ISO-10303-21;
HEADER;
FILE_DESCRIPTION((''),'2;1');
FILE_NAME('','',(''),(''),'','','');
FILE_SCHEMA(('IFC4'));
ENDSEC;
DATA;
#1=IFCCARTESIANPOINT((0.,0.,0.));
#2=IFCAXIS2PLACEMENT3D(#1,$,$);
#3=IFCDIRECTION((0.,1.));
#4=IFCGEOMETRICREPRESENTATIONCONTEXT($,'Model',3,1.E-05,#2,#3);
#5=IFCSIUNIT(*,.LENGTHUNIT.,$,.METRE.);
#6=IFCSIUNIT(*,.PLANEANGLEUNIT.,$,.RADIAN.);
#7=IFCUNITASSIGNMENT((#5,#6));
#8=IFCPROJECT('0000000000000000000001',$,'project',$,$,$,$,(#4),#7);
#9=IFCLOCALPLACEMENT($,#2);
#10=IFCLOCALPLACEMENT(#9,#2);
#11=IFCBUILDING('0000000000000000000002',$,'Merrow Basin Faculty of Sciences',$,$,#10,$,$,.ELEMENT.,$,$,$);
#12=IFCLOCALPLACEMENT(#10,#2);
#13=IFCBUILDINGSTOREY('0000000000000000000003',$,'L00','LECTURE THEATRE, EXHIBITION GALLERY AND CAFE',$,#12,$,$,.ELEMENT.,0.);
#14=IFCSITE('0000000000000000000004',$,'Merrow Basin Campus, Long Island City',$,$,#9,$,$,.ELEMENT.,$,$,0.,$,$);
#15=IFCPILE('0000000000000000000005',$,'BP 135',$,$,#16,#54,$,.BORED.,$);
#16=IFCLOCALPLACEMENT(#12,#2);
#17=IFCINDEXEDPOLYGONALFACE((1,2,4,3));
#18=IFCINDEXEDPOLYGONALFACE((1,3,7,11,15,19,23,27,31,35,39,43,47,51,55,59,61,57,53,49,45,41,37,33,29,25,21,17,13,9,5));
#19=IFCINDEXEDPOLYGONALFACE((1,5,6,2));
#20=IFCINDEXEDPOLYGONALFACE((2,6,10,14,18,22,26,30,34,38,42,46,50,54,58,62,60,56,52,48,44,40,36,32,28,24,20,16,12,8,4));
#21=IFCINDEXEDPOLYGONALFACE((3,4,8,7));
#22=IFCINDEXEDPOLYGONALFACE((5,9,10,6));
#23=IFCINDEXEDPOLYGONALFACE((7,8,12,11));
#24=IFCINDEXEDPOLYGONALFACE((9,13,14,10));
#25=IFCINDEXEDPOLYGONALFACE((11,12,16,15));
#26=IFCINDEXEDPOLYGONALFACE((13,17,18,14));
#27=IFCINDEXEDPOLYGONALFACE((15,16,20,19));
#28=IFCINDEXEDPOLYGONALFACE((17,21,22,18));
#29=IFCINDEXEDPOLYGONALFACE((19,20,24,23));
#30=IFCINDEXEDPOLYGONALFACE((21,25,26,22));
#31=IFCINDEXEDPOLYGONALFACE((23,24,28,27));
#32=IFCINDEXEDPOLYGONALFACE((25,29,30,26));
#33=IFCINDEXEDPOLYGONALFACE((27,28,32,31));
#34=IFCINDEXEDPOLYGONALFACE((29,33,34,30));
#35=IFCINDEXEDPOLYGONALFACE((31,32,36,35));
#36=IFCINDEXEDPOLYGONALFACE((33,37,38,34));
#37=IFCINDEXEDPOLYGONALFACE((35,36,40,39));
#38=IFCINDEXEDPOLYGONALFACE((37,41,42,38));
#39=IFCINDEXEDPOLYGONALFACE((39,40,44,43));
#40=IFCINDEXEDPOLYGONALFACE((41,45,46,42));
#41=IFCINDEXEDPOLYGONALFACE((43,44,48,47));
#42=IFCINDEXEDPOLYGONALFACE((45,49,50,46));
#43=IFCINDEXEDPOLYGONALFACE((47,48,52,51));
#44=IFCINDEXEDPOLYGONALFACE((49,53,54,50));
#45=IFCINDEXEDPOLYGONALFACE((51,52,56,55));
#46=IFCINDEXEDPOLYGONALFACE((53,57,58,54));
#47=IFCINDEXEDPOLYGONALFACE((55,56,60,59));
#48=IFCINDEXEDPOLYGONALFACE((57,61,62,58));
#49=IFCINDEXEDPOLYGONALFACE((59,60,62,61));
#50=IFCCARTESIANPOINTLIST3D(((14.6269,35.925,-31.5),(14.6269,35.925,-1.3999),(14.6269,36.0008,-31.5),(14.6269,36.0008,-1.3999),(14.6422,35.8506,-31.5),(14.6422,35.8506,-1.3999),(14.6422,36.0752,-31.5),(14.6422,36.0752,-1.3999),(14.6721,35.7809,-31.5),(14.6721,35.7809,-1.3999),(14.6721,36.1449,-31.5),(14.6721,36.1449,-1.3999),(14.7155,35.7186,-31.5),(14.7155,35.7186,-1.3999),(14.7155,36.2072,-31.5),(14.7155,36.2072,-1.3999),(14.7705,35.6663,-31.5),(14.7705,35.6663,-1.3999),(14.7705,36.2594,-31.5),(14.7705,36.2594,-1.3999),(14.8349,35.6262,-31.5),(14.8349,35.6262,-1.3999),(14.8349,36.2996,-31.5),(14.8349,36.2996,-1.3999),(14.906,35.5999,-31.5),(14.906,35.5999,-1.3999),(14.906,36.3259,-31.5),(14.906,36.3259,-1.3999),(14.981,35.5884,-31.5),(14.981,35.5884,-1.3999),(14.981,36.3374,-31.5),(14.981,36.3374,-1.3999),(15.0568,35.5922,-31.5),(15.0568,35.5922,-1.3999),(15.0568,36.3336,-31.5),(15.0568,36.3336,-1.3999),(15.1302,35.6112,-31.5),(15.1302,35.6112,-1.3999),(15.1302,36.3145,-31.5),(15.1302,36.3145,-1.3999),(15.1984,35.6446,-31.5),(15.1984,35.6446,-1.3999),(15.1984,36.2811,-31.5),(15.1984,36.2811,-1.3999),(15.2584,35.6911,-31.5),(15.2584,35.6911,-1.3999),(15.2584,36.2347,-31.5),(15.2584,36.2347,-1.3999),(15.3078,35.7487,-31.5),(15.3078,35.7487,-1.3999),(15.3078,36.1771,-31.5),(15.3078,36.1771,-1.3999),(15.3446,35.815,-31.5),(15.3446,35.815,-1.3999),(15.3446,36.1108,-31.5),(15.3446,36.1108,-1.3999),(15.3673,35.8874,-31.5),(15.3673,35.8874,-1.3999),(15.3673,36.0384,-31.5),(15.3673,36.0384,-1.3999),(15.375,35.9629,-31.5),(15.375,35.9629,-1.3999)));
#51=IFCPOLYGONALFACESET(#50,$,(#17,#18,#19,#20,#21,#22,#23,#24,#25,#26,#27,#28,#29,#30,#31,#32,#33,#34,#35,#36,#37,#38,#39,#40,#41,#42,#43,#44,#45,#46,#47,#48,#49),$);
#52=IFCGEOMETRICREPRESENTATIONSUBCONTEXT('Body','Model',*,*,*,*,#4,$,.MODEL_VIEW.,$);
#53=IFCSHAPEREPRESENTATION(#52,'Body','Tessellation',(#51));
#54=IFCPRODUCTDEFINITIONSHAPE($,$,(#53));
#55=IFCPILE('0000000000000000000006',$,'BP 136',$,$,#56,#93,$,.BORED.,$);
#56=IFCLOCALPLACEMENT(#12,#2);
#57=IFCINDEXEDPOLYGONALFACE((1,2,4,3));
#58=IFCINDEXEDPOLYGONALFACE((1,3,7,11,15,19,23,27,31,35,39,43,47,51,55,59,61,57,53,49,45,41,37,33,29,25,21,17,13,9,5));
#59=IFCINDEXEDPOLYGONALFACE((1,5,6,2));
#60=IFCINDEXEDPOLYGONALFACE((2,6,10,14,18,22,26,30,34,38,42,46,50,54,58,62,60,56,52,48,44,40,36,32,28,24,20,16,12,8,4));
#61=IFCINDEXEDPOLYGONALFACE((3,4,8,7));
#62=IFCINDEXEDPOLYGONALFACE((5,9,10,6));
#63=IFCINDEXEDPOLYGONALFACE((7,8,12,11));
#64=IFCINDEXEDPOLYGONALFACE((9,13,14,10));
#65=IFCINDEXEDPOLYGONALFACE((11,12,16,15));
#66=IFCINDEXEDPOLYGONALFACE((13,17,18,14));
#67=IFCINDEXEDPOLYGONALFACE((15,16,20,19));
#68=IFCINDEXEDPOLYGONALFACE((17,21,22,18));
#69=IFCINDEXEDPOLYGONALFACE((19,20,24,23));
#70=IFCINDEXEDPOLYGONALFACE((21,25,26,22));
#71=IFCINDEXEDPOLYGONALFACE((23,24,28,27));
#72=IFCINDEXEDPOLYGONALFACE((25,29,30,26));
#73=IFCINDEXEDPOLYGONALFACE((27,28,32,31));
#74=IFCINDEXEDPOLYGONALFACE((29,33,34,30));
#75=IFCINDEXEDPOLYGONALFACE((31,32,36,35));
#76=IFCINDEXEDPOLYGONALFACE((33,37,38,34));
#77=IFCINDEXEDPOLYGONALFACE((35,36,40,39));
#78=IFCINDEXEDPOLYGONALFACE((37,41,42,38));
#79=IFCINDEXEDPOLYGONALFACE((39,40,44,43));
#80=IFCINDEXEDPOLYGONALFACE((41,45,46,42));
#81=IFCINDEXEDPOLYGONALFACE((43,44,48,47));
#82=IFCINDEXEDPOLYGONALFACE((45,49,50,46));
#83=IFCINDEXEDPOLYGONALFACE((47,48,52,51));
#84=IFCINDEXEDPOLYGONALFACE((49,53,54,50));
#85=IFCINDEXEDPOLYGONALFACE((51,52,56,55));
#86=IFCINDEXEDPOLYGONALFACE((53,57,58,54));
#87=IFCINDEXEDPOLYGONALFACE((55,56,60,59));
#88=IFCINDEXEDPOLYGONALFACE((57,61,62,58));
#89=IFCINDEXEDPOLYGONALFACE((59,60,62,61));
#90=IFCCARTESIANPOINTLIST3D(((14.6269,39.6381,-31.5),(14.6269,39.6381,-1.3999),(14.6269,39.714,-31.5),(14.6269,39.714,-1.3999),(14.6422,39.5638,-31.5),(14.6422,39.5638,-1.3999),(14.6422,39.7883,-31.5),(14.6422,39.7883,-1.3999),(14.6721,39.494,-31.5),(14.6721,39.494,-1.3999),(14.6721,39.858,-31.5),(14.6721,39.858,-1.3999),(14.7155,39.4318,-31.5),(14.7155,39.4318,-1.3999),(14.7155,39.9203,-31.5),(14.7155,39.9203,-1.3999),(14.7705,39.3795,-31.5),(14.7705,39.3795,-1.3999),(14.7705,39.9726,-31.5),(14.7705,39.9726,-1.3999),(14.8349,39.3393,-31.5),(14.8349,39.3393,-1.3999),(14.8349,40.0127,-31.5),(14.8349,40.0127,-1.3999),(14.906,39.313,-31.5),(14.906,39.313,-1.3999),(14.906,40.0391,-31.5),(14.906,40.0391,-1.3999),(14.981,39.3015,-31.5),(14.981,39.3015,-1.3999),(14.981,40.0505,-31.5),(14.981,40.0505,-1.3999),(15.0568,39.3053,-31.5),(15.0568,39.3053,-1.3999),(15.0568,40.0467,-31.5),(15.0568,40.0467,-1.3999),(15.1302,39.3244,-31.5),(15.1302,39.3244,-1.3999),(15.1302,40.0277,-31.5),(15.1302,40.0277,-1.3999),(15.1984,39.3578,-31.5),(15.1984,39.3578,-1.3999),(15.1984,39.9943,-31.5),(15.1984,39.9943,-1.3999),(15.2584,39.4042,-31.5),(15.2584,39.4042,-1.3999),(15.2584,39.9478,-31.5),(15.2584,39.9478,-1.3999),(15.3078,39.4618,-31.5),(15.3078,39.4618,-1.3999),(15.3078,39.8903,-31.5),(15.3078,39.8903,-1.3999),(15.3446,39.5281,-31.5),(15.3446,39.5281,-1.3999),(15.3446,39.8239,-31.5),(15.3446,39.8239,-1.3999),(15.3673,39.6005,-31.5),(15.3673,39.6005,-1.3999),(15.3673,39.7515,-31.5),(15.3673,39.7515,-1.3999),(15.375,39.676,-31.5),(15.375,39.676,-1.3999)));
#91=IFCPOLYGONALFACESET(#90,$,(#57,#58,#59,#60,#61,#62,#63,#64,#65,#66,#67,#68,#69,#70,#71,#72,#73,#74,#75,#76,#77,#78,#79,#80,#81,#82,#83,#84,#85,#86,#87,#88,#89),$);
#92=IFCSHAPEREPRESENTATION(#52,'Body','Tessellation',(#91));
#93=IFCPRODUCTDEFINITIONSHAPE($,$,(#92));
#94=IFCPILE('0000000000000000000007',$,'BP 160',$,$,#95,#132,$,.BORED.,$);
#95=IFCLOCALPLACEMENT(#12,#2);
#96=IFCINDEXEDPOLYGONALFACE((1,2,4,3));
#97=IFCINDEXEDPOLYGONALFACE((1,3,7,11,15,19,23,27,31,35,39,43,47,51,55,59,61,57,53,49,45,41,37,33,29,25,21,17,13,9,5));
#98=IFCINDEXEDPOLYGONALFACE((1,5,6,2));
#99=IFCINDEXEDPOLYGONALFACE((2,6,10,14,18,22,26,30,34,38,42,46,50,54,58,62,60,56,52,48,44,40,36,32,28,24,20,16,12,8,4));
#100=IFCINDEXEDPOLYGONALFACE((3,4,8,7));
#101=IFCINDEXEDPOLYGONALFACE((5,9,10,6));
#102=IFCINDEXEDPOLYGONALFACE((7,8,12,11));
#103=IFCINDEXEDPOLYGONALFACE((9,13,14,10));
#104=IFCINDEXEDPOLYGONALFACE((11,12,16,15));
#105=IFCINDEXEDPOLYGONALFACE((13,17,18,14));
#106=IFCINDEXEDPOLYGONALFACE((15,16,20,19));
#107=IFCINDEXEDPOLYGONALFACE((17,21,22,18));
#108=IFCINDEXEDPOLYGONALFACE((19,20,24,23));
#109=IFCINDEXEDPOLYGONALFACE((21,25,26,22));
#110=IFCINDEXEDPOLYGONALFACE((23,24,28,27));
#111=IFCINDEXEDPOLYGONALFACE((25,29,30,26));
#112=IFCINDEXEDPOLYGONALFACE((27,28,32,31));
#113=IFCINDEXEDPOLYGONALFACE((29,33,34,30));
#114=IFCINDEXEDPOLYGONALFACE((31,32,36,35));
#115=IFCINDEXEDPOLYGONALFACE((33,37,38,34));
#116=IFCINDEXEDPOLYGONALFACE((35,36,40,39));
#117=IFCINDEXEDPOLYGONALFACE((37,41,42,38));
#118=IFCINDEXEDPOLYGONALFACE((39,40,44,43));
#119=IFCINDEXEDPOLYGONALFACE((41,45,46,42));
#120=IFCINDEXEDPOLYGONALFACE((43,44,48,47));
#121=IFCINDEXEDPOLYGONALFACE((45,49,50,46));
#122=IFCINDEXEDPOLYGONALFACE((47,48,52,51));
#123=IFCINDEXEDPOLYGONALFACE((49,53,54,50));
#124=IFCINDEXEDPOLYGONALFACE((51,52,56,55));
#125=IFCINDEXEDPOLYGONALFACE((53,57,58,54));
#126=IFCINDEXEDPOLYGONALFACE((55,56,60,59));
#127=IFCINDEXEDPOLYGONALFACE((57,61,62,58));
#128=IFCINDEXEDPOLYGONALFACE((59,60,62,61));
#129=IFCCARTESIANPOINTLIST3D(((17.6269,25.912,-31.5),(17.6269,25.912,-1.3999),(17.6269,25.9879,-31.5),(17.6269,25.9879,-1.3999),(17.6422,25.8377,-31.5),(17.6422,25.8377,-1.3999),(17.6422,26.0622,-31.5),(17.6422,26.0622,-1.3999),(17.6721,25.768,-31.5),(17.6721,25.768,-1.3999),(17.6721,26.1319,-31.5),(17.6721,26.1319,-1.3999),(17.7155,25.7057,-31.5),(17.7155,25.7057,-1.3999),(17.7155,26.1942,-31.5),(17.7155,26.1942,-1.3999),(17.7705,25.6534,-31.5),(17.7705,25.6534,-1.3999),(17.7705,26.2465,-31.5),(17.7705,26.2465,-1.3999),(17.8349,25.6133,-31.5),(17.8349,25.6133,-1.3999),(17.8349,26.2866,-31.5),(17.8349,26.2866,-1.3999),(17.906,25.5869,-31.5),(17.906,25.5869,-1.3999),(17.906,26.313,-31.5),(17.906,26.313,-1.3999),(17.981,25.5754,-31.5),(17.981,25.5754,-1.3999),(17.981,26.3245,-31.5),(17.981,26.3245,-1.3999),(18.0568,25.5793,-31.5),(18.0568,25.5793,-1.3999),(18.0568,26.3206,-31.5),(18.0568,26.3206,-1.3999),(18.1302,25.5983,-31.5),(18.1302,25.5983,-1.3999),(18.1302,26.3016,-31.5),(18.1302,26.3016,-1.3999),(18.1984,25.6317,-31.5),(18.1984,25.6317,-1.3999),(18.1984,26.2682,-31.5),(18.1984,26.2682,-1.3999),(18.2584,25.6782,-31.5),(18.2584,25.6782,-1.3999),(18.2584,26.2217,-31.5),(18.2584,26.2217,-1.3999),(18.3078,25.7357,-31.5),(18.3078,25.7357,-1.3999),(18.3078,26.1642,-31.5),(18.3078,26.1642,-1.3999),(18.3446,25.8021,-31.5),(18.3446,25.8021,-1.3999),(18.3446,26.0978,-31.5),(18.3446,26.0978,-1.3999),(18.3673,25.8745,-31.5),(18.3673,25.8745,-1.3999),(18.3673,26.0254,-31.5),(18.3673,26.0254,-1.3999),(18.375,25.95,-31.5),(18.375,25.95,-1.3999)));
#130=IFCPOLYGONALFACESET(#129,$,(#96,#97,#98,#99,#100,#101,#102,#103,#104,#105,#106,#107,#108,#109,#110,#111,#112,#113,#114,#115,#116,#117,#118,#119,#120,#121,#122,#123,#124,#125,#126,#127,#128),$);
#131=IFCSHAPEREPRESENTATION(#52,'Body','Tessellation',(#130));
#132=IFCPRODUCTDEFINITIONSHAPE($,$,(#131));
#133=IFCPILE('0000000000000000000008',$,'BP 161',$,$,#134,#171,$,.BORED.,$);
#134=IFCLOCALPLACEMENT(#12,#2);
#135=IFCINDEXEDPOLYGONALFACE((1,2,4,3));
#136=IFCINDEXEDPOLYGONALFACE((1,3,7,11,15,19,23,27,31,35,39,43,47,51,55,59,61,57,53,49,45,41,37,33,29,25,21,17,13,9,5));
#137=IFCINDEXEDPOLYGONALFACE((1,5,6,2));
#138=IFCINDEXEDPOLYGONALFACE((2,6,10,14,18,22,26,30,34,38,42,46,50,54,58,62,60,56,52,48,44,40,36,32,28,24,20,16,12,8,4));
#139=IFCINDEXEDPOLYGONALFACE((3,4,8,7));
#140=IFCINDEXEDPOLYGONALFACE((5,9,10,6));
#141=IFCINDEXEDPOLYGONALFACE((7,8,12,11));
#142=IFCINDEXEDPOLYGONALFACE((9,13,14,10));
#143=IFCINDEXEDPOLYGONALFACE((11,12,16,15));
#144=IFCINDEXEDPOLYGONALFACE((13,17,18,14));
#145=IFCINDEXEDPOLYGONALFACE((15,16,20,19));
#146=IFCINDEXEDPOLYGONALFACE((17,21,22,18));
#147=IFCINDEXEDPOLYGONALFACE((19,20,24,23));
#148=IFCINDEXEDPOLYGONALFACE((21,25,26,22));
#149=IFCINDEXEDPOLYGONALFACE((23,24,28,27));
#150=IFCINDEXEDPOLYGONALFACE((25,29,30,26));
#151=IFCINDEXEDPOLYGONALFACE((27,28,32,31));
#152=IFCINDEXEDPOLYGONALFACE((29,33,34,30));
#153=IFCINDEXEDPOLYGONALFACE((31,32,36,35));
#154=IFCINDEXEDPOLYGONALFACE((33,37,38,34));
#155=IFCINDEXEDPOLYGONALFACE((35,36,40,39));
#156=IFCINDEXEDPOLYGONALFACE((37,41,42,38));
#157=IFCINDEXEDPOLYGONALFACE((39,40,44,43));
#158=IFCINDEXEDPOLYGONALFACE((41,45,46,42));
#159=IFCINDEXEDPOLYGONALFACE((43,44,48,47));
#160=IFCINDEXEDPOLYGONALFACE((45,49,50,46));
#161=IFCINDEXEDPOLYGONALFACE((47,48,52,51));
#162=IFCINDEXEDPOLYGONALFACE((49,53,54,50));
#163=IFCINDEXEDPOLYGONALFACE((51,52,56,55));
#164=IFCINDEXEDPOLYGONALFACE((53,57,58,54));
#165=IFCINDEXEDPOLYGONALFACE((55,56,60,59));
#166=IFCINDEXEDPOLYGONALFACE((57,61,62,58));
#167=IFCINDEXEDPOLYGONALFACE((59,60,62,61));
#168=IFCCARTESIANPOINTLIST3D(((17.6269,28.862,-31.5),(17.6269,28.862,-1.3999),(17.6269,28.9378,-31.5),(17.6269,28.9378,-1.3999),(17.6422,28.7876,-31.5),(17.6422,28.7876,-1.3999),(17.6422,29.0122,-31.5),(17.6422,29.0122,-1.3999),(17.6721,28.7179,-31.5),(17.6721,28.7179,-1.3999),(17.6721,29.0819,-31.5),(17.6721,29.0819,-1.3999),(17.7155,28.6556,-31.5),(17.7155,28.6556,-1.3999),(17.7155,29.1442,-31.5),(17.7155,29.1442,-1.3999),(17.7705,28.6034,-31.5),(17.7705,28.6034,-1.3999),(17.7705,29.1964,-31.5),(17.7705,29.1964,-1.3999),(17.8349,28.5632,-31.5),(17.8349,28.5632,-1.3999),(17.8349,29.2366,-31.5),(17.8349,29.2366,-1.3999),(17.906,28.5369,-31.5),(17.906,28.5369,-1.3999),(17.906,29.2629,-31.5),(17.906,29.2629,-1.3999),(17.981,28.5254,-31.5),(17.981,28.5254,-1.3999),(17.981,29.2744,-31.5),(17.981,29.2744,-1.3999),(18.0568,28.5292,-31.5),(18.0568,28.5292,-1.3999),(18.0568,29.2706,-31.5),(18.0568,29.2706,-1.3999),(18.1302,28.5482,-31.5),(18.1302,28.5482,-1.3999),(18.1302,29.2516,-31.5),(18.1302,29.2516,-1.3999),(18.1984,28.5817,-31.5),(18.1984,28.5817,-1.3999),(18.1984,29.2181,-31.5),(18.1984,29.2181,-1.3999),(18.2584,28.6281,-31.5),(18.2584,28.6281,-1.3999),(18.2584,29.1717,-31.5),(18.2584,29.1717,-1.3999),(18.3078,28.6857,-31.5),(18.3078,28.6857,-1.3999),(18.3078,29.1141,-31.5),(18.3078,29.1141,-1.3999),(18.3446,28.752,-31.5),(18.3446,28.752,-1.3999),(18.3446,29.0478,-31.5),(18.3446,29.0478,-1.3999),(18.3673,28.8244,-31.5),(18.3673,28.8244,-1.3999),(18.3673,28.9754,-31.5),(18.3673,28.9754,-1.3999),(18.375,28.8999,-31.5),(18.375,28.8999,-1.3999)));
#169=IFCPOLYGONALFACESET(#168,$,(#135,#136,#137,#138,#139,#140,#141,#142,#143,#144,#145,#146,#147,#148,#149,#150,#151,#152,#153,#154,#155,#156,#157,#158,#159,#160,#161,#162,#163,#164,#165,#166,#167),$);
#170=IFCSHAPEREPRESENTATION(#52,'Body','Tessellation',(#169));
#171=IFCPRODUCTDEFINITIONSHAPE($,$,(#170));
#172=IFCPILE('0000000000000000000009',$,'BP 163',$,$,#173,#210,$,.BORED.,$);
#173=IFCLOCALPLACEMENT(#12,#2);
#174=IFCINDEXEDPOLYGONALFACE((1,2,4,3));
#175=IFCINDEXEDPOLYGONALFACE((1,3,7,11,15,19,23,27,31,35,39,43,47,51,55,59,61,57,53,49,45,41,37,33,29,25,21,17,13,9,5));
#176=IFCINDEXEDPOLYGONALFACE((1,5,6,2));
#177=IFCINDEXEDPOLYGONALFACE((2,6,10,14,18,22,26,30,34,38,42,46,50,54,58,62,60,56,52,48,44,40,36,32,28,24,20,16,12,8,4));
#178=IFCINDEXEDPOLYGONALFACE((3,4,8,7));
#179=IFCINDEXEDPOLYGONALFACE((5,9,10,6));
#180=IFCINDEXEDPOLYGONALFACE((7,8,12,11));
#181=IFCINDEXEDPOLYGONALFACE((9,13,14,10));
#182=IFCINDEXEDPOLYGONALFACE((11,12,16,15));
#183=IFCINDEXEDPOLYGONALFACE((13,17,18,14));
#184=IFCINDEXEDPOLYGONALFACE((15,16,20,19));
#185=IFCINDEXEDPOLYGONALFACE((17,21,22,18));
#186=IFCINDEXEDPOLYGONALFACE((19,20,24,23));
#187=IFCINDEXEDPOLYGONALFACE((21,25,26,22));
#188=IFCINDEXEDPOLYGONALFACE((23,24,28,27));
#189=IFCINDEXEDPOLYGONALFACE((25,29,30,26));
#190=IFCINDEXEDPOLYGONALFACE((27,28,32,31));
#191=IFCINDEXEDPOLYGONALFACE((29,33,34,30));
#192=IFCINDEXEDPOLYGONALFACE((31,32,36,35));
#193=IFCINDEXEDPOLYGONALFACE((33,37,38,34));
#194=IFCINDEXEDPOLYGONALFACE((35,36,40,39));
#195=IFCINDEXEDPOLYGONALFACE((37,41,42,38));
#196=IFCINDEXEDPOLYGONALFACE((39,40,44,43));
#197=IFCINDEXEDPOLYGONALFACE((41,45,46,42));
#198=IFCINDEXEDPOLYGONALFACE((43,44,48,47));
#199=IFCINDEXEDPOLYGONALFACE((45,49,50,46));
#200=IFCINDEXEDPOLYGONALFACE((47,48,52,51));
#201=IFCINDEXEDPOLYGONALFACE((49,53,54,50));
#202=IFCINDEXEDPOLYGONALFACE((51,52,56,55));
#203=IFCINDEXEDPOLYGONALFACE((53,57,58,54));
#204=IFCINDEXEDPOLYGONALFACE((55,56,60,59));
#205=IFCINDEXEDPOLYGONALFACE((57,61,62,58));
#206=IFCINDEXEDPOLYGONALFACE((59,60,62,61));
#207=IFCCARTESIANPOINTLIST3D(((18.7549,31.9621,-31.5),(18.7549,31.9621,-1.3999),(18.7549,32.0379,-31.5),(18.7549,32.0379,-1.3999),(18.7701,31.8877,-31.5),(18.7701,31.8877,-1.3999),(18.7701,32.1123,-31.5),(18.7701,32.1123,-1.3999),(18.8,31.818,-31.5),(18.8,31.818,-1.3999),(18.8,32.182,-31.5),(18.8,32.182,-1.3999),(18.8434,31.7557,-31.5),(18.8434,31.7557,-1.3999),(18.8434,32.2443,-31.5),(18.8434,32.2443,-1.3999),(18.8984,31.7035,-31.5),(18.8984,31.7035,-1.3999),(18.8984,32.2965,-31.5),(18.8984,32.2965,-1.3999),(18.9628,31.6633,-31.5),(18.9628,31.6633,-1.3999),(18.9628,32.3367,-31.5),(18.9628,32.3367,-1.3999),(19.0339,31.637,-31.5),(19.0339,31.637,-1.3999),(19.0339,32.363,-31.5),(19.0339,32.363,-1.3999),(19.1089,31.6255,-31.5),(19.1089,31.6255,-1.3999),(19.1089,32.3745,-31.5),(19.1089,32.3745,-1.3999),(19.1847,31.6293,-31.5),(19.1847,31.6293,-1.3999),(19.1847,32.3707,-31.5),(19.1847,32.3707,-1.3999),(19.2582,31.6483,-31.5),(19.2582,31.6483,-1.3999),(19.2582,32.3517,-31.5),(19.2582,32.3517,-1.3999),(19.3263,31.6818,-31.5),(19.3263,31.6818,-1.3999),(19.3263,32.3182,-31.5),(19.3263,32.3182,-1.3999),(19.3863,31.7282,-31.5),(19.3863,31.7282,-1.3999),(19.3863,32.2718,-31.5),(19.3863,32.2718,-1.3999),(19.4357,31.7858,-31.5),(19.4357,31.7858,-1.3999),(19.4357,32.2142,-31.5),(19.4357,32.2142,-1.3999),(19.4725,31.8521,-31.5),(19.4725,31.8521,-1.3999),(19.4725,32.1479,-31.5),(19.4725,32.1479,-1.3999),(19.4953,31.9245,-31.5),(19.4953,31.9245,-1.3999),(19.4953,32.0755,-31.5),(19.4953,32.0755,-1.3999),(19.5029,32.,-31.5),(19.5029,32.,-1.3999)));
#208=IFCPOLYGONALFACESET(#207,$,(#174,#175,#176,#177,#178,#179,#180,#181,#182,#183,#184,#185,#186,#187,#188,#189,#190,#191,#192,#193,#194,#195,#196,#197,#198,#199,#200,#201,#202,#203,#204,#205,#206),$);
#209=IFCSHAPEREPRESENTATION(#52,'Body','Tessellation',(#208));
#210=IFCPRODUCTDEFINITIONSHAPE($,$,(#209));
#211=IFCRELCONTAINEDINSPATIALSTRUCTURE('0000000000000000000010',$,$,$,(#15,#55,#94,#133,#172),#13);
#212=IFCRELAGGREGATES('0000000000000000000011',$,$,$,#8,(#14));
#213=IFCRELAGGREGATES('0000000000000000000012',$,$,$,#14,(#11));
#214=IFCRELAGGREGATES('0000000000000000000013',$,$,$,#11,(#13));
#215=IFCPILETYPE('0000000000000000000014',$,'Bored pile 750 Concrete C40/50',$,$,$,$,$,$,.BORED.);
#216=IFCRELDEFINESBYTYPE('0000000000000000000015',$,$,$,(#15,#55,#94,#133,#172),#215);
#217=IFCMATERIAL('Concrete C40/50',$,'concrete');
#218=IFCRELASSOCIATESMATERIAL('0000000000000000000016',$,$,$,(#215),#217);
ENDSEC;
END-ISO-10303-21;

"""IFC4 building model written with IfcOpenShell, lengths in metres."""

from ifc_helpers import new_model, si_unit, direction, frame, origin, origin_2d, place, context, subcontext, project, spatial, circle, extrude, material, material_profile, profile_set, type_object, element, save


model = new_model("IFC4")

# Units and contexts
model_context = context("Model", 3, precision=1e-05, world=origin(), true_north=direction((0.0, 1.0)))
body_context = subcontext(model_context, "Body", "Model", "MODEL_VIEW")
ifc_project = project(units=[si_unit("LENGTHUNIT", "METRE"), si_unit("PLANEANGLEUNIT", "RADIAN")], contexts=[model_context])

# Site, building, storey
site_placement = place(None, origin())
site = spatial("IfcSite", under=ifc_project, at=site_placement, Name="Merrow Basin Campus, Long Island City", CompositionType="ELEMENT", RefElevation=0.0)
building_placement = place(site_placement, origin())
building = spatial("IfcBuilding", under=site, at=building_placement, Name="Merrow Basin Faculty of Sciences", CompositionType="ELEMENT")
storey_placement = place(building_placement, origin())
storey = spatial("IfcBuildingStorey", under=building, at=storey_placement, Name="L00", Description="LECTURE THEATRE, EXHIBITION GALLERY AND CAFE", CompositionType="ELEMENT", Elevation=0.0)

# Piles
ifc_material_1 = material(Name="Concrete C40/50", Category="concrete")
ifc_material_profile_1 = material_profile(ifc_material_1, circle(Radius=0.375, at=origin_2d()))
ifc_profile_set_1 = profile_set([ifc_material_profile_1], Name="Concrete C40/50")
pile_type = type_object("IfcPileType", Name="Bored pile 750 Concrete C40/50", PredefinedType="BORED", material=ifc_profile_set_1)
for number, where, z_axis, x_axis, name in (
    (1, (15.0, 35.9629, -1.3999), (0.0, 0.0, -1.0), (1.0, 0.0, 0.0), "BP 135"),
    (2, (15.0, 39.676, -1.3999), (0.0, 0.0, -1.0), (1.0, 0.0, 0.0), "BP 136"),
    (3, (18.0, 25.95, -1.3999), (0.0, 0.0, -1.0), (1.0, 0.0, 0.0), "BP 160"),
    (4, (18.0, 28.8999, -1.3999), (0.0, 0.0, -1.0), (1.0, 0.0, 0.0), "BP 161"),
    (5, (19.1279, 32.0, -1.3999), (0.0, 0.0, -1.0), (1.0, 0.0, 0.0), "BP 163"),
):
    element("IfcPile", number, at=place(storey_placement, frame(where, z_axis=z_axis, x_axis=x_axis)), inside=storey, type_object=pile_type, Name=name, PredefinedType="BORED", context=body_context, shape_type="SweptSolid", body=[
        extrude(circle(Radius=0.375, at=origin_2d()), origin(), (0.0, 0.0, 1.0), 30.1001),
    ])

save(model, "model.ifc")
